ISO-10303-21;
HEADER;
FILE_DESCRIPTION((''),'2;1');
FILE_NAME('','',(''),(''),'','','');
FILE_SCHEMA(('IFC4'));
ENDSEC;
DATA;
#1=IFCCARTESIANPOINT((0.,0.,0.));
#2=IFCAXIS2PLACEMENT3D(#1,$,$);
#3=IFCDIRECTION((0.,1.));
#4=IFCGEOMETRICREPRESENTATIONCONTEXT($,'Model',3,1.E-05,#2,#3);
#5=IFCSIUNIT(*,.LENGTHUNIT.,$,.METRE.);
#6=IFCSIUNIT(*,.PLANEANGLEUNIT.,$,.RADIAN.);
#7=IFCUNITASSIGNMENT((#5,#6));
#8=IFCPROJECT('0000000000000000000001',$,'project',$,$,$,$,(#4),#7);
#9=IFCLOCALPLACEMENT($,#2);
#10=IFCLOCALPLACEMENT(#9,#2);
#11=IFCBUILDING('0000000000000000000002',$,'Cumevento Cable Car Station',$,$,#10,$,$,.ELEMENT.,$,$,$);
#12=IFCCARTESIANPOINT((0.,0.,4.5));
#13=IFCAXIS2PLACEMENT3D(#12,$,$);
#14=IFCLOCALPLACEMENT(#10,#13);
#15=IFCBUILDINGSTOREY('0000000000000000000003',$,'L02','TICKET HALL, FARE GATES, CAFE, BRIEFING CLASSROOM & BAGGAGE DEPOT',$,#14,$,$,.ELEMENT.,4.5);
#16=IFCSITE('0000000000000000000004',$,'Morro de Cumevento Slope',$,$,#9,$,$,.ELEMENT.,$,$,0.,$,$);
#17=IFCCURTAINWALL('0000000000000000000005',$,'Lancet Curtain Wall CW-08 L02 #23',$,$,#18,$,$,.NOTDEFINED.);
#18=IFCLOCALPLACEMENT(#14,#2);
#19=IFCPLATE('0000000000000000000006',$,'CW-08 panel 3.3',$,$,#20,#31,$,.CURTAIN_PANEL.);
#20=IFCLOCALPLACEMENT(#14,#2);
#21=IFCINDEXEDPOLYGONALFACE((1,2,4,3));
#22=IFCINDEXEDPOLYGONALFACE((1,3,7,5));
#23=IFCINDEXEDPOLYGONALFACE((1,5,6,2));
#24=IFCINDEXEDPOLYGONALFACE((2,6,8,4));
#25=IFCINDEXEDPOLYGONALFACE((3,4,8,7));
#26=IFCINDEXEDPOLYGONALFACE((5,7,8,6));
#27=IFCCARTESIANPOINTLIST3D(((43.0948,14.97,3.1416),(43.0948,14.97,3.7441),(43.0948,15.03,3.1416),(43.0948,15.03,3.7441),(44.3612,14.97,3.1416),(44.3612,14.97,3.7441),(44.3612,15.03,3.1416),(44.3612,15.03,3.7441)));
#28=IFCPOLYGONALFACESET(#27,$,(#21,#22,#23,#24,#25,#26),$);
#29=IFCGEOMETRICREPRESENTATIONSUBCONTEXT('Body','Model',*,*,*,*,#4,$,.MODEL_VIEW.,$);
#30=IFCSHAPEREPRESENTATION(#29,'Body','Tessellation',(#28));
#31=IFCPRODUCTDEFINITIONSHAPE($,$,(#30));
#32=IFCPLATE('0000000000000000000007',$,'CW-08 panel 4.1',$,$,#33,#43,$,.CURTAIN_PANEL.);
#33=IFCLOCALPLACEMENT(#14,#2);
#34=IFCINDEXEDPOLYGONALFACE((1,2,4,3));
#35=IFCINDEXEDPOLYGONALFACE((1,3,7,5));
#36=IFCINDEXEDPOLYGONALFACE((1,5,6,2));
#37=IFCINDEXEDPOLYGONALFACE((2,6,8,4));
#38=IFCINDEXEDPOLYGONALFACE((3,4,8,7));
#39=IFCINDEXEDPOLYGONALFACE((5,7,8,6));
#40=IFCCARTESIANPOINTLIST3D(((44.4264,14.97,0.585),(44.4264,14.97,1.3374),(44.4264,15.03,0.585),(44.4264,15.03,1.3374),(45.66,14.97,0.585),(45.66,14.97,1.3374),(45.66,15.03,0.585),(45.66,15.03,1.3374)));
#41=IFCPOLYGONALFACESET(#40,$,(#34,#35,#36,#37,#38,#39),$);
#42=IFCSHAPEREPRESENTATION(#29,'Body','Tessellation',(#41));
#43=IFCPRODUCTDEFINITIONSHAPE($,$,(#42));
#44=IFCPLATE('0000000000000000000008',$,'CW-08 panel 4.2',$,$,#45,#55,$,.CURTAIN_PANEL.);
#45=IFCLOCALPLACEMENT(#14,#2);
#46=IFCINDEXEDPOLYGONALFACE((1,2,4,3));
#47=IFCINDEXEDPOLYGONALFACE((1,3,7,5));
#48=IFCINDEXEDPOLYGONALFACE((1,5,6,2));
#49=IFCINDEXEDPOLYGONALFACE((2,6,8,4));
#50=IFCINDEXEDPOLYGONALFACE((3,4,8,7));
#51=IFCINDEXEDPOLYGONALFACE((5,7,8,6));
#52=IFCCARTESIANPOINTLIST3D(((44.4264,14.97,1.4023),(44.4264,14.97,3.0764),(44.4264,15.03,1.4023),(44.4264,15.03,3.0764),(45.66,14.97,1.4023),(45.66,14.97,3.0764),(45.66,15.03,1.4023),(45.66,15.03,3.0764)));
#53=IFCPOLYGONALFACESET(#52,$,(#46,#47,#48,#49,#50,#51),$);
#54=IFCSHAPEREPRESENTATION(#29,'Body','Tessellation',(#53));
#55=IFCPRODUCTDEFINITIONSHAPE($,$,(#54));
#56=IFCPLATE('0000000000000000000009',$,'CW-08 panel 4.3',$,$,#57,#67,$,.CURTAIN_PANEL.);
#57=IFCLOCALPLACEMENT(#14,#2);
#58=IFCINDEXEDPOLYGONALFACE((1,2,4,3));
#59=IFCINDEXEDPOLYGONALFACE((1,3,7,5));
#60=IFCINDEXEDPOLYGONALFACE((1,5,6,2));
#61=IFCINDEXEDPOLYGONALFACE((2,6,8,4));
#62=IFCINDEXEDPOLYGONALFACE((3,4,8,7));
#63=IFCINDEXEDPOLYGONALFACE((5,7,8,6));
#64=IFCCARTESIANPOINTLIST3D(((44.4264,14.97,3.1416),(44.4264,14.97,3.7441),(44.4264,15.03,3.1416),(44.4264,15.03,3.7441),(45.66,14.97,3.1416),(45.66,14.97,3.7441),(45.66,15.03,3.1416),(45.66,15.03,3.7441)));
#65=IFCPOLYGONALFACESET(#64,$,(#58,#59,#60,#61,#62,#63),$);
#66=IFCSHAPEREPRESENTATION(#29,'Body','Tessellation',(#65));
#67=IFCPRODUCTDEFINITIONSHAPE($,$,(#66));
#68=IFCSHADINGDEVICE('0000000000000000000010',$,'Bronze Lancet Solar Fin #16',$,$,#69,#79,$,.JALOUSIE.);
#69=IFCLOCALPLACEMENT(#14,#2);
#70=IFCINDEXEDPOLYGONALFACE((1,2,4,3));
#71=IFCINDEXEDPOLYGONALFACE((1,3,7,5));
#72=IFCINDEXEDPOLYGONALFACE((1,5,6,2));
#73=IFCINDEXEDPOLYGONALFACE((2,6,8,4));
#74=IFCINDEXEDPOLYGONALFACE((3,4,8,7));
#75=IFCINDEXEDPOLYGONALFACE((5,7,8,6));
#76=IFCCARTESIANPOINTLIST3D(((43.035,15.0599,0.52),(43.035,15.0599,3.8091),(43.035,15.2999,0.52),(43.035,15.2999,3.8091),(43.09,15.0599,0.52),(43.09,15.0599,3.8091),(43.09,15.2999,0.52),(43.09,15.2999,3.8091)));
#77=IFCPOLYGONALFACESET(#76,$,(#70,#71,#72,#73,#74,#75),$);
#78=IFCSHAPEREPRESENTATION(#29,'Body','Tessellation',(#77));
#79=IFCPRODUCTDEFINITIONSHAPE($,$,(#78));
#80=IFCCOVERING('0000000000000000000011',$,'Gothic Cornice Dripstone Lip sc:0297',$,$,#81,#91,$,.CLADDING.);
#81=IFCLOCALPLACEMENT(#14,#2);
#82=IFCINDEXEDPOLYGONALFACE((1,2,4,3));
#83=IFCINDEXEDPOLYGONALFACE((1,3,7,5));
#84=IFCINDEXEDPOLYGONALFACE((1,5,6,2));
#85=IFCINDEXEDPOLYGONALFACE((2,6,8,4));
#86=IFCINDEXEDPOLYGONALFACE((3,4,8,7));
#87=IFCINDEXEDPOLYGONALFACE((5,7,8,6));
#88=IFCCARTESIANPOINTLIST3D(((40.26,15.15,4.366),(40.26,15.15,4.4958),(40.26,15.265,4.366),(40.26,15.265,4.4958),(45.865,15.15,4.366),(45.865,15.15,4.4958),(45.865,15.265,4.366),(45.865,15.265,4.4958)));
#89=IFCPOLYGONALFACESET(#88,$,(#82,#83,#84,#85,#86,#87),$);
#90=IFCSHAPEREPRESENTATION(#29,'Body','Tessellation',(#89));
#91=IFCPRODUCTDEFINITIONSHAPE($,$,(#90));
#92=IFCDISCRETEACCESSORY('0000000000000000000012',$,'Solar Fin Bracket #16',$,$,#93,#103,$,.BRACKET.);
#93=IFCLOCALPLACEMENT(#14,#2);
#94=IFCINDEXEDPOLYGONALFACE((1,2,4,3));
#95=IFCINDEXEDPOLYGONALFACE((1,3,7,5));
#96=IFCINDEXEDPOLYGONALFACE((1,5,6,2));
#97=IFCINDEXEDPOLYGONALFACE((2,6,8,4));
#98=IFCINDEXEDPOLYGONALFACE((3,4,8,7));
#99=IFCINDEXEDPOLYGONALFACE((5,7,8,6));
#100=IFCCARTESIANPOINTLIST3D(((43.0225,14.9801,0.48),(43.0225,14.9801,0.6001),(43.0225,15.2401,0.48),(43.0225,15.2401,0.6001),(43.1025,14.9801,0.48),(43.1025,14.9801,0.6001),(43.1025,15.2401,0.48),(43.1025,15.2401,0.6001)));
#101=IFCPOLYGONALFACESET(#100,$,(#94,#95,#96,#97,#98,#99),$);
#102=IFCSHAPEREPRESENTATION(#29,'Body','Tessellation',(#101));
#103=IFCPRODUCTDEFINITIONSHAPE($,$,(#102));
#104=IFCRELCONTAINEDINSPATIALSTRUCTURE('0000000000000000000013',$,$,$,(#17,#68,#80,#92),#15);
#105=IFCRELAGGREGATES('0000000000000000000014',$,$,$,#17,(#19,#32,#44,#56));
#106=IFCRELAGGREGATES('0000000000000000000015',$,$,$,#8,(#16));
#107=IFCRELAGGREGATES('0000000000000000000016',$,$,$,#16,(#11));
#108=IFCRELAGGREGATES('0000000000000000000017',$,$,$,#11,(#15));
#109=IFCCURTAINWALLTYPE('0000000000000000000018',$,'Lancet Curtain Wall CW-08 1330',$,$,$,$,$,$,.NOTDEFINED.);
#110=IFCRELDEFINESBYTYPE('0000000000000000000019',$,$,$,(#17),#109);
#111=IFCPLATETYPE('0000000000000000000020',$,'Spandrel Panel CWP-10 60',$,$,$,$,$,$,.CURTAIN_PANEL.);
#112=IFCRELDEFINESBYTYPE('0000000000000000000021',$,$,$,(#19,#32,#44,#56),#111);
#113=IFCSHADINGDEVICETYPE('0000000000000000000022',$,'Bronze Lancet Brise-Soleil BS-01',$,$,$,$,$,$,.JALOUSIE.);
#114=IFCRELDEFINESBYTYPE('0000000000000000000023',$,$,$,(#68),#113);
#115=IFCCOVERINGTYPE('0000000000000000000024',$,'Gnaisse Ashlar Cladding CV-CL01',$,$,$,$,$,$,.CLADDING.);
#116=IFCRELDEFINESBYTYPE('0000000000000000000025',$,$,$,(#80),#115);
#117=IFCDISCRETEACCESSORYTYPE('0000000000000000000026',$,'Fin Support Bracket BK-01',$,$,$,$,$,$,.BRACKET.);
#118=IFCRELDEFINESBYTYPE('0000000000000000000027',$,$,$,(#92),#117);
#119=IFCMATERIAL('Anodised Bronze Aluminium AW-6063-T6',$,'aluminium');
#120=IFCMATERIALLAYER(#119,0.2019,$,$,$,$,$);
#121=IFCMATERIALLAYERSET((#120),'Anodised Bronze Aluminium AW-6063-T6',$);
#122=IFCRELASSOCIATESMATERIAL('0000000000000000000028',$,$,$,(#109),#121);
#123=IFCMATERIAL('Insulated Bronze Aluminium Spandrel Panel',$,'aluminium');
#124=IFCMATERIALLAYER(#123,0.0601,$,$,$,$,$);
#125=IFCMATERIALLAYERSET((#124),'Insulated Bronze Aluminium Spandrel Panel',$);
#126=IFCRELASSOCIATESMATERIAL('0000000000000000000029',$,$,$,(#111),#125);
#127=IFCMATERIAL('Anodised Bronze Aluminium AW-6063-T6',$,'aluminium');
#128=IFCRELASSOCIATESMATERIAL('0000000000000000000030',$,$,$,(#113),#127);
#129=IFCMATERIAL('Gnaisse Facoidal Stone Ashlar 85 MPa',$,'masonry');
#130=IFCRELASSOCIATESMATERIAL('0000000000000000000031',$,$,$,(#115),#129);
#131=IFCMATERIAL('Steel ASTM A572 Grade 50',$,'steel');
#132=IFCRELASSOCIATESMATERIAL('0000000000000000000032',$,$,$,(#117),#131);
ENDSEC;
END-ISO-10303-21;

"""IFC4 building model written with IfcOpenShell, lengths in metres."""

from ifc_helpers import new_model, si_unit, direction, frame, origin, origin_2d, place, context, subcontext, project, spatial, rectangle, extrude, material, layer, layer_set, type_object, element, aggregate, save


model = new_model("IFC4")

# Units and contexts
model_context = context("Model", 3, precision=1e-05, world=origin(), true_north=direction((0.0, 1.0)))
body_context = subcontext(model_context, "Body", "Model", "MODEL_VIEW")
ifc_project = project(units=[si_unit("LENGTHUNIT", "METRE"), si_unit("PLANEANGLEUNIT", "RADIAN")], contexts=[model_context])

# Site, building, storey
site_placement = place(None, origin())
site = spatial("IfcSite", under=ifc_project, at=site_placement, Name="Morro de Cumevento Slope", CompositionType="ELEMENT", RefElevation=0.0)
building_placement = place(site_placement, origin())
building = spatial("IfcBuilding", under=site, at=building_placement, Name="Cumevento Cable Car Station", CompositionType="ELEMENT")
storey_placement = place(building_placement, frame((0.0, 0.0, 4.5)))
storey = spatial("IfcBuildingStorey", under=building, at=storey_placement, Name="L02", Description="TICKET HALL, FARE GATES, CAFE, BRIEFING CLASSROOM & BAGGAGE DEPOT", CompositionType="ELEMENT", Elevation=4.5)

# Curtain wall, plates
ifc_material_1 = material(Name="Anodised Bronze Aluminium AW-6063-T6", Category="aluminium")
ifc_layer_1 = layer(ifc_material_1, 0.2019)
ifc_layer_set_1 = layer_set([ifc_layer_1], Name="Anodised Bronze Aluminium AW-6063-T6")
curtain_wall_type = type_object("IfcCurtainWallType", Name="Lancet Curtain Wall CW-08 1330", PredefinedType="NOTDEFINED", material=ifc_layer_set_1)
curtain_wall_placement = place(storey_placement, origin())
curtain_wall = element("IfcCurtainWall", 1, at=curtain_wall_placement, inside=storey, type_object=curtain_wall_type, Name="Lancet Curtain Wall CW-08 L02 #23", PredefinedType="NOTDEFINED")
ifc_material_2 = material(Name="Insulated Bronze Aluminium Spandrel Panel", Category="aluminium")
ifc_layer_2 = layer(ifc_material_2, 0.0601)
ifc_layer_set_2 = layer_set([ifc_layer_2], Name="Insulated Bronze Aluminium Spandrel Panel")
plate_type = type_object("IfcPlateType", Name="Spandrel Panel CWP-10 60", PredefinedType="CURTAIN_PANEL", material=ifc_layer_set_2)
plate_1_placement = place(storey_placement, frame((43.728, 15.0, 3.1416), z_axis=(0.0, 0.0, 1.0), x_axis=(1.0, 0.0, 0.0)))
plate_1 = element("IfcPlate", 2, at=plate_1_placement, type_object=plate_type, Name="CW-08 panel 3.3", PredefinedType="CURTAIN_PANEL", context=body_context, shape_type="SweptSolid", body=[
    extrude(rectangle(XDim=1.2664, YDim=0.0601, at=origin_2d()), origin(), (0.0, 0.0, 1.0), 0.6025),
])
plate_2_placement = place(storey_placement, frame((45.0432, 15.0, 0.585), z_axis=(0.0, 0.0, 1.0), x_axis=(1.0, 0.0, 0.0)))
plate_2 = element("IfcPlate", 3, at=plate_2_placement, type_object=plate_type, Name="CW-08 panel 4.1", PredefinedType="CURTAIN_PANEL", context=body_context, shape_type="SweptSolid", body=[
    extrude(rectangle(XDim=1.2336, YDim=0.0601, at=origin_2d()), origin(), (0.0, 0.0, 1.0), 0.7524),
])
plate_3_placement = place(storey_placement, frame((45.0432, 15.0, 1.4023), z_axis=(0.0, 0.0, 1.0), x_axis=(1.0, 0.0, 0.0)))
plate_3 = element("IfcPlate", 4, at=plate_3_placement, type_object=plate_type, Name="CW-08 panel 4.2", PredefinedType="CURTAIN_PANEL", context=body_context, shape_type="SweptSolid", body=[
    extrude(rectangle(XDim=1.2336, YDim=0.0601, at=origin_2d()), origin(), (0.0, 0.0, 1.0), 1.6741),
])
plate_4_placement = place(storey_placement, frame((45.0432, 15.0, 3.1416), z_axis=(0.0, 0.0, 1.0), x_axis=(1.0, 0.0, 0.0)))
plate_4 = element("IfcPlate", 5, at=plate_4_placement, type_object=plate_type, Name="CW-08 panel 4.3", PredefinedType="CURTAIN_PANEL", context=body_context, shape_type="SweptSolid", body=[
    extrude(rectangle(XDim=1.2336, YDim=0.0601, at=origin_2d()), origin(), (0.0, 0.0, 1.0), 0.6025),
])
aggregate(curtain_wall, [plate_1, plate_2, plate_3, plate_4])

# Shading device
ifc_material_3 = material(Name="Anodised Bronze Aluminium AW-6063-T6", Category="aluminium")
shading_device_type = type_object("IfcShadingDeviceType", Name="Bronze Lancet Brise-Soleil BS-01", PredefinedType="JALOUSIE", material=ifc_material_3)
shading_device_placement = place(storey_placement, frame((43.0625, 15.1799, 0.52), z_axis=(0.0, 0.0, 1.0), x_axis=(1.0, 0.0, 0.0)))
element("IfcShadingDevice", 6, at=shading_device_placement, inside=storey, type_object=shading_device_type, Name="Bronze Lancet Solar Fin #16", PredefinedType="JALOUSIE", context=body_context, shape_type="SweptSolid", body=[
    extrude(rectangle(XDim=0.0549, YDim=0.24, at=origin_2d()), origin(), (0.0, 0.0, 1.0), 3.2891),
])

# Covering
ifc_material_4 = material(Name="Gnaisse Facoidal Stone Ashlar 85 MPa", Category="masonry")
covering_type = type_object("IfcCoveringType", Name="Gnaisse Ashlar Cladding CV-CL01", PredefinedType="CLADDING", material=ifc_material_4)
covering_placement = place(storey_placement, frame((43.0625, 15.2075, 4.366), z_axis=(0.0, 0.0, 1.0), x_axis=(1.0, 0.0, 0.0)))
element("IfcCovering", 7, at=covering_placement, inside=storey, type_object=covering_type, Name="Gothic Cornice Dripstone Lip sc:0297", PredefinedType="CLADDING", context=body_context, shape_type="SweptSolid", body=[
    extrude(rectangle(XDim=5.605, YDim=0.115, at=origin_2d()), origin(), (0.0, 0.0, 1.0), 0.1299),
])

# Discrete accessory
ifc_material_5 = material(Name="Steel ASTM A572 Grade 50", Category="steel")
discrete_accessory_type = type_object("IfcDiscreteAccessoryType", Name="Fin Support Bracket BK-01", PredefinedType="BRACKET", material=ifc_material_5)
discrete_accessory_placement = place(storey_placement, frame((43.0625, 15.1101, 0.48), z_axis=(0.0, 0.0, 1.0), x_axis=(1.0, 0.0, 0.0)))
element("IfcDiscreteAccessory", 8, at=discrete_accessory_placement, inside=storey, type_object=discrete_accessory_type, Name="Solar Fin Bracket #16", PredefinedType="BRACKET", context=body_context, shape_type="SweptSolid", body=[
    extrude(rectangle(XDim=0.0801, YDim=0.26, at=origin_2d()), origin(), (0.0, 0.0, 1.0), 0.1201),
])

save(model, "model.ifc")
